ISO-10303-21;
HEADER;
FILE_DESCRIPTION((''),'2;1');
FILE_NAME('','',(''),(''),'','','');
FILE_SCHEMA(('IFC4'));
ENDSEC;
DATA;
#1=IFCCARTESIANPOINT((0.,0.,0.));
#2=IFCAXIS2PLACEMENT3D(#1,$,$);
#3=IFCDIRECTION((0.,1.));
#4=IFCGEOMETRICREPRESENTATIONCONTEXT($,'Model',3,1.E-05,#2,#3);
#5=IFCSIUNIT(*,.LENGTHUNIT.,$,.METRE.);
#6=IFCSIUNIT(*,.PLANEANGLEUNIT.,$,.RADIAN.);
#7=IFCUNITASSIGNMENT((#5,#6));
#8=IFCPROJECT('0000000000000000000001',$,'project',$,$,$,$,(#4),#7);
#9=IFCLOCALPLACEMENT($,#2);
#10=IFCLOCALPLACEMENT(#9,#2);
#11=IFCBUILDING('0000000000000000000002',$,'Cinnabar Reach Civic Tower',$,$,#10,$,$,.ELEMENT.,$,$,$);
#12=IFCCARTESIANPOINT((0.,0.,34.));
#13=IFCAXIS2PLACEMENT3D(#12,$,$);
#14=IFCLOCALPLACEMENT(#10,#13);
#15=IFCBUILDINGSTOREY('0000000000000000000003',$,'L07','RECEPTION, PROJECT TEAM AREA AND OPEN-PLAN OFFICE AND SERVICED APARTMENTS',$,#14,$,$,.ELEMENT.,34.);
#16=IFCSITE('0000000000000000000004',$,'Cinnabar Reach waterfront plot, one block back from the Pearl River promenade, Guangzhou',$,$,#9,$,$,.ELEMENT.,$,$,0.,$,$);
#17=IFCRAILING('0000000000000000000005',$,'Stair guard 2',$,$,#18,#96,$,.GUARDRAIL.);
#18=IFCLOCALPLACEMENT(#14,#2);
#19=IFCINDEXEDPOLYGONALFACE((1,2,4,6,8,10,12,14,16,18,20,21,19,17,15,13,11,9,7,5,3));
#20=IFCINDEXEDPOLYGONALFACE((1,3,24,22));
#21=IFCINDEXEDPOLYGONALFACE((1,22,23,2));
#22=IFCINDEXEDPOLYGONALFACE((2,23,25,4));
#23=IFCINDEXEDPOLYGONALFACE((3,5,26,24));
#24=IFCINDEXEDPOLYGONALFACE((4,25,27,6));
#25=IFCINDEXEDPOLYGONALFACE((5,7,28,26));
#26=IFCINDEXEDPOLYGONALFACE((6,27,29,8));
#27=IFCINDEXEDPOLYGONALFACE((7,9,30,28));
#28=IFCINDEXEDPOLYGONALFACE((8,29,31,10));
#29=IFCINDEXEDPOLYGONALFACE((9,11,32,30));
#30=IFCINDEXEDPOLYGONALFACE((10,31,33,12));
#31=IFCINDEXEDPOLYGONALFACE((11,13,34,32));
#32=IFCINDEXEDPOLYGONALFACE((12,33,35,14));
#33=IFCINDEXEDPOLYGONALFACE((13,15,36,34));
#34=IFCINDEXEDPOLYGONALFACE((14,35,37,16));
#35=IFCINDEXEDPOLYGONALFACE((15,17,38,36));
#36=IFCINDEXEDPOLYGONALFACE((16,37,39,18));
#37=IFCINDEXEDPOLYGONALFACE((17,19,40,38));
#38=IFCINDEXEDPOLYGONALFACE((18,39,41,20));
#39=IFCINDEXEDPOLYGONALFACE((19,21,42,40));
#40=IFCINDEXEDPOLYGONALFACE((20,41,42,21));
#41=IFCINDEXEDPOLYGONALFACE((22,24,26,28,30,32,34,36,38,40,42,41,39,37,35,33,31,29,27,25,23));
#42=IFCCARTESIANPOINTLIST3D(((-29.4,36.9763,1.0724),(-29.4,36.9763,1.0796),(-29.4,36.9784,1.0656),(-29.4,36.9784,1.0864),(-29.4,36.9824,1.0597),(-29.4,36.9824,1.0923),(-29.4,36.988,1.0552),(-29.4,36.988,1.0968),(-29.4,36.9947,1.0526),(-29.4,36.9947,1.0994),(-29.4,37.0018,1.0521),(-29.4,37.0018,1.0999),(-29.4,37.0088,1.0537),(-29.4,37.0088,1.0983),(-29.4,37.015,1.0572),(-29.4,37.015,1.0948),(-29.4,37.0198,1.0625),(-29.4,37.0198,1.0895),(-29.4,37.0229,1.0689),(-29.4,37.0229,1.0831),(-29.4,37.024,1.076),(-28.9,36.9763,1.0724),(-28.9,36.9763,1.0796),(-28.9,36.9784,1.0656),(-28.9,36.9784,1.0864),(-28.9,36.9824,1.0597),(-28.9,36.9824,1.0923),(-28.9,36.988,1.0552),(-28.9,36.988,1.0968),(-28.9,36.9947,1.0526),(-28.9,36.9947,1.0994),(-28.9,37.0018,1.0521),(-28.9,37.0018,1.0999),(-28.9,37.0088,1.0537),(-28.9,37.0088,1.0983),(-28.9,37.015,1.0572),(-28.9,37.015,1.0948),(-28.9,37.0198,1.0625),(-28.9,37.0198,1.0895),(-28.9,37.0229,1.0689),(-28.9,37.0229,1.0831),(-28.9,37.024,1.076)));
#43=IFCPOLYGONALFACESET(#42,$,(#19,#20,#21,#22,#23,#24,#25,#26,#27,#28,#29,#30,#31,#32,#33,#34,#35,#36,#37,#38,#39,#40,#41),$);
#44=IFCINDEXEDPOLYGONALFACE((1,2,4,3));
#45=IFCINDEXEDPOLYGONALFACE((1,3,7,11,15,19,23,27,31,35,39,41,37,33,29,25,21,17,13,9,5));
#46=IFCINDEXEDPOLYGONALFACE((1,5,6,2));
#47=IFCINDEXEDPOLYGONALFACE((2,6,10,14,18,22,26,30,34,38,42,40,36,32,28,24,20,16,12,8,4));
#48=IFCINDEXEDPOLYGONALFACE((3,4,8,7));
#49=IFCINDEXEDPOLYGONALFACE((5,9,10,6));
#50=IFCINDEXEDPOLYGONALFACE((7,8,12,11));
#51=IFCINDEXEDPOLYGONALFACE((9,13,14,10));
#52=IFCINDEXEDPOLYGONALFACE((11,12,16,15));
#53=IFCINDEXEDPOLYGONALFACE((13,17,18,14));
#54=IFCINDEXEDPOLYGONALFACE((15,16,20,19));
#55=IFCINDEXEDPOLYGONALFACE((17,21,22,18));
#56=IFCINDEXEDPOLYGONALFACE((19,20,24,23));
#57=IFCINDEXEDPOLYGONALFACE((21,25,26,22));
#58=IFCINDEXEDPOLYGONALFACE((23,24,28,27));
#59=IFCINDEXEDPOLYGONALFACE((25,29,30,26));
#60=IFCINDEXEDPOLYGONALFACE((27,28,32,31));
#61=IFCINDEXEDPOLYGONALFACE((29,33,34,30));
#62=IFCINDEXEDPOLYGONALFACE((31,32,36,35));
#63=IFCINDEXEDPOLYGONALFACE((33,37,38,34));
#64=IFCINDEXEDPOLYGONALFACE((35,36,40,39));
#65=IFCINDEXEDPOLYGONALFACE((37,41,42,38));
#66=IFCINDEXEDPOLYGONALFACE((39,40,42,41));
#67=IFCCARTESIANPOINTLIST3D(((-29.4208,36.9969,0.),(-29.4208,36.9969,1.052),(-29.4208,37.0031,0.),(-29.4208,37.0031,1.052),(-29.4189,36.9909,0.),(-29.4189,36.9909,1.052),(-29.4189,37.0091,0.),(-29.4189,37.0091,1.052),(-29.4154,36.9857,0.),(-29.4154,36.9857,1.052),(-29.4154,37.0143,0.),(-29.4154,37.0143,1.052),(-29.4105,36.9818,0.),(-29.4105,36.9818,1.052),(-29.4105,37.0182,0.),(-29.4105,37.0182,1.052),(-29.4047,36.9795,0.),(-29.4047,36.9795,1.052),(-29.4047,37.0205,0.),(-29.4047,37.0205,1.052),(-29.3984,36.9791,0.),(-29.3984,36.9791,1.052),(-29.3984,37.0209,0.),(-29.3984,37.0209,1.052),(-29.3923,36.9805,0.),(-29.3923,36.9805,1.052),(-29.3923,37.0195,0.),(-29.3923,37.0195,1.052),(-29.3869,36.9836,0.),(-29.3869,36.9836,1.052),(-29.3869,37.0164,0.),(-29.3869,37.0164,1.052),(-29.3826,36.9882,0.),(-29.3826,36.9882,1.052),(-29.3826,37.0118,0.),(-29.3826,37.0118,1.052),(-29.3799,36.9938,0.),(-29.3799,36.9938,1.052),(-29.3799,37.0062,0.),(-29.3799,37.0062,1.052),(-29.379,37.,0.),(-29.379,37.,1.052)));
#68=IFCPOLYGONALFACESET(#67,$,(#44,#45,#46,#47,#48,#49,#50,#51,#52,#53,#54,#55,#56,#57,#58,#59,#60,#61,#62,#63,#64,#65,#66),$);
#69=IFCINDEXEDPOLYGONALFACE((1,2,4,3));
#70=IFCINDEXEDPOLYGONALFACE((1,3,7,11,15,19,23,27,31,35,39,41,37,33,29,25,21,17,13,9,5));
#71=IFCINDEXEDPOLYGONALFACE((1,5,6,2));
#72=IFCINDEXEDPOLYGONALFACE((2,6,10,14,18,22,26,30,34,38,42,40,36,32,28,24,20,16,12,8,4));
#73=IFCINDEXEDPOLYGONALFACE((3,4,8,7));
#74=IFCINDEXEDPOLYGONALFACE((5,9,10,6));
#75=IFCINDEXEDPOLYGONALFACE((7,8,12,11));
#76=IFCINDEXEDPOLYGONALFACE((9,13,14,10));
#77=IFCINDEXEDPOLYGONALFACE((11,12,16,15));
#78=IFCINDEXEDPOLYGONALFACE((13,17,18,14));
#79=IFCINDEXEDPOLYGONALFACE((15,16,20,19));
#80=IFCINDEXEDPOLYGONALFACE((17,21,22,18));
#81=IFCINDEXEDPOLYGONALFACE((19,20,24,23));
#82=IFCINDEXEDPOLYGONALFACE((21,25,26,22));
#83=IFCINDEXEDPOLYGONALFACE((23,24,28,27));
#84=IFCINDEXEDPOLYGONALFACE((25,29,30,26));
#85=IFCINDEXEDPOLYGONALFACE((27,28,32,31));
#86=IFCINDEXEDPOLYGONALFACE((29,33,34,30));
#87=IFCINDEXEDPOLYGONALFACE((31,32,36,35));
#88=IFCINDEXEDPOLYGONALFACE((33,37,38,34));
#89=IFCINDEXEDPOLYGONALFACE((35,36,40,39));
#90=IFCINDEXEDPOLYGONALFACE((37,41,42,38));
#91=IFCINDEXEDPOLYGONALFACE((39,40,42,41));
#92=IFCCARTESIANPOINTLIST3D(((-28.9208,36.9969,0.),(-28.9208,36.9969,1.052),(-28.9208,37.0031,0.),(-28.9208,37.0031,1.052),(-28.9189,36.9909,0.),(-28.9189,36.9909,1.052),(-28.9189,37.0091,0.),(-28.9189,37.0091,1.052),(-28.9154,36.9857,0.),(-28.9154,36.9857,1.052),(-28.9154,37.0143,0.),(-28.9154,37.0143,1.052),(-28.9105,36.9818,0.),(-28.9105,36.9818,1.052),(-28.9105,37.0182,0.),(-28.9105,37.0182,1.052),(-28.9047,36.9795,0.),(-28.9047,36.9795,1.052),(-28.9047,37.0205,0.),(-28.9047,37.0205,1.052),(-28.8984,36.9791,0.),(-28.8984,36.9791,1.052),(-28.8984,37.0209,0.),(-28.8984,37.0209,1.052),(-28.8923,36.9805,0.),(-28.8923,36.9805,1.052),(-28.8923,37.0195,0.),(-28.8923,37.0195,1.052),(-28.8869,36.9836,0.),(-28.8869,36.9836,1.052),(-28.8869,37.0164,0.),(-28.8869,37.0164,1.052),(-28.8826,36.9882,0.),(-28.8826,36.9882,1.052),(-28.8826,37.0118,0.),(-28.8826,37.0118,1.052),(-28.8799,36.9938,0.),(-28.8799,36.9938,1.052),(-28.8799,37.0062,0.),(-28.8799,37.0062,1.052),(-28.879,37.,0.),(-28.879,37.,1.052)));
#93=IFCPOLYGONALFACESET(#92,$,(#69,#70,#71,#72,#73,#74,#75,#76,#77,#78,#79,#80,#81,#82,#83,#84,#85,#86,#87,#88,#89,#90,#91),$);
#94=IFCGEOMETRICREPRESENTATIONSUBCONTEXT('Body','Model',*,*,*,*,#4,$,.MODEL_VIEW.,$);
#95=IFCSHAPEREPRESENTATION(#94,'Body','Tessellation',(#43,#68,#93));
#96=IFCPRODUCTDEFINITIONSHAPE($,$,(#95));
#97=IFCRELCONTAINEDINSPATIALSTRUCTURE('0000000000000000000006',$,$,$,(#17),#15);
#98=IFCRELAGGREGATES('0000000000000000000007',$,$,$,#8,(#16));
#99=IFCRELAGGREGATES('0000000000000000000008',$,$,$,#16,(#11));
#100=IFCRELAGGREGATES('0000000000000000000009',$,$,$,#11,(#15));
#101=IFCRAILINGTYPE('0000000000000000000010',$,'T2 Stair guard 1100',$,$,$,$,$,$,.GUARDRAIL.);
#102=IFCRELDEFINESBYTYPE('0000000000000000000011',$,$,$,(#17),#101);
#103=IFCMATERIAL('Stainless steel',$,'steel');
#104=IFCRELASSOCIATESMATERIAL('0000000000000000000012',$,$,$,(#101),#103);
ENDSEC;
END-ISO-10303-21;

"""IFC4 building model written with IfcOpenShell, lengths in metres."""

from ifc_helpers import new_model, si_unit, direction, frame, origin, origin_2d, place, context, subcontext, project, spatial, circle, extrude, material, type_object, element, save


model = new_model("IFC4")

# Units and contexts
model_context = context("Model", 3, precision=1e-05, world=origin(), true_north=direction((0.0, 1.0)))
body_context = subcontext(model_context, "Body", "Model", "MODEL_VIEW")
ifc_project = project(units=[si_unit("LENGTHUNIT", "METRE"), si_unit("PLANEANGLEUNIT", "RADIAN")], contexts=[model_context])

# Site, building, storey
site_placement = place(None, origin())
site = spatial("IfcSite", under=ifc_project, at=site_placement, Name="Cinnabar Reach waterfront plot, one block back from the Pearl River promenade, Guangzhou", CompositionType="ELEMENT", RefElevation=0.0)
building_placement = place(site_placement, origin())
building = spatial("IfcBuilding", under=site, at=building_placement, Name="Cinnabar Reach Civic Tower", CompositionType="ELEMENT")
storey_placement = place(building_placement, frame((0.0, 0.0, 34.0)))
storey = spatial("IfcBuildingStorey", under=building, at=storey_placement, Name="L07", Description="RECEPTION, PROJECT TEAM AREA AND OPEN-PLAN OFFICE AND SERVICED APARTMENTS", CompositionType="ELEMENT", Elevation=34.0)

# Railing
ifc_material_1 = material(Name="Stainless steel", Category="steel")
railing_type = type_object("IfcRailingType", Name="T2 Stair guard 1100", PredefinedType="GUARDRAIL", material=ifc_material_1)
railing_1_placement = place(storey_placement, frame((-29.4, 37.0, 0.0)))
element("IfcRailing", 1, at=railing_1_placement, inside=storey, type_object=railing_type, Name="Stair guard 2", PredefinedType="GUARDRAIL", context=body_context, shape_type="SweptSolid", body=[
    extrude(circle(Radius=0.024, at=origin_2d()), frame((0.0, 0.0, 1.076), z_axis=(1.0, 0.0, 0.0), x_axis=(0.0, 1.0, 0.0)), (0.0, 0.0, 1.0), 0.5),
    extrude(circle(Radius=0.021, at=origin_2d()), origin(), (0.0, 0.0, 1.0), 1.052),
    extrude(circle(Radius=0.021, at=origin_2d()), frame((0.5, 0.0, 0.0)), (0.0, 0.0, 1.0), 1.052),
])

save(model, "model.ifc")
